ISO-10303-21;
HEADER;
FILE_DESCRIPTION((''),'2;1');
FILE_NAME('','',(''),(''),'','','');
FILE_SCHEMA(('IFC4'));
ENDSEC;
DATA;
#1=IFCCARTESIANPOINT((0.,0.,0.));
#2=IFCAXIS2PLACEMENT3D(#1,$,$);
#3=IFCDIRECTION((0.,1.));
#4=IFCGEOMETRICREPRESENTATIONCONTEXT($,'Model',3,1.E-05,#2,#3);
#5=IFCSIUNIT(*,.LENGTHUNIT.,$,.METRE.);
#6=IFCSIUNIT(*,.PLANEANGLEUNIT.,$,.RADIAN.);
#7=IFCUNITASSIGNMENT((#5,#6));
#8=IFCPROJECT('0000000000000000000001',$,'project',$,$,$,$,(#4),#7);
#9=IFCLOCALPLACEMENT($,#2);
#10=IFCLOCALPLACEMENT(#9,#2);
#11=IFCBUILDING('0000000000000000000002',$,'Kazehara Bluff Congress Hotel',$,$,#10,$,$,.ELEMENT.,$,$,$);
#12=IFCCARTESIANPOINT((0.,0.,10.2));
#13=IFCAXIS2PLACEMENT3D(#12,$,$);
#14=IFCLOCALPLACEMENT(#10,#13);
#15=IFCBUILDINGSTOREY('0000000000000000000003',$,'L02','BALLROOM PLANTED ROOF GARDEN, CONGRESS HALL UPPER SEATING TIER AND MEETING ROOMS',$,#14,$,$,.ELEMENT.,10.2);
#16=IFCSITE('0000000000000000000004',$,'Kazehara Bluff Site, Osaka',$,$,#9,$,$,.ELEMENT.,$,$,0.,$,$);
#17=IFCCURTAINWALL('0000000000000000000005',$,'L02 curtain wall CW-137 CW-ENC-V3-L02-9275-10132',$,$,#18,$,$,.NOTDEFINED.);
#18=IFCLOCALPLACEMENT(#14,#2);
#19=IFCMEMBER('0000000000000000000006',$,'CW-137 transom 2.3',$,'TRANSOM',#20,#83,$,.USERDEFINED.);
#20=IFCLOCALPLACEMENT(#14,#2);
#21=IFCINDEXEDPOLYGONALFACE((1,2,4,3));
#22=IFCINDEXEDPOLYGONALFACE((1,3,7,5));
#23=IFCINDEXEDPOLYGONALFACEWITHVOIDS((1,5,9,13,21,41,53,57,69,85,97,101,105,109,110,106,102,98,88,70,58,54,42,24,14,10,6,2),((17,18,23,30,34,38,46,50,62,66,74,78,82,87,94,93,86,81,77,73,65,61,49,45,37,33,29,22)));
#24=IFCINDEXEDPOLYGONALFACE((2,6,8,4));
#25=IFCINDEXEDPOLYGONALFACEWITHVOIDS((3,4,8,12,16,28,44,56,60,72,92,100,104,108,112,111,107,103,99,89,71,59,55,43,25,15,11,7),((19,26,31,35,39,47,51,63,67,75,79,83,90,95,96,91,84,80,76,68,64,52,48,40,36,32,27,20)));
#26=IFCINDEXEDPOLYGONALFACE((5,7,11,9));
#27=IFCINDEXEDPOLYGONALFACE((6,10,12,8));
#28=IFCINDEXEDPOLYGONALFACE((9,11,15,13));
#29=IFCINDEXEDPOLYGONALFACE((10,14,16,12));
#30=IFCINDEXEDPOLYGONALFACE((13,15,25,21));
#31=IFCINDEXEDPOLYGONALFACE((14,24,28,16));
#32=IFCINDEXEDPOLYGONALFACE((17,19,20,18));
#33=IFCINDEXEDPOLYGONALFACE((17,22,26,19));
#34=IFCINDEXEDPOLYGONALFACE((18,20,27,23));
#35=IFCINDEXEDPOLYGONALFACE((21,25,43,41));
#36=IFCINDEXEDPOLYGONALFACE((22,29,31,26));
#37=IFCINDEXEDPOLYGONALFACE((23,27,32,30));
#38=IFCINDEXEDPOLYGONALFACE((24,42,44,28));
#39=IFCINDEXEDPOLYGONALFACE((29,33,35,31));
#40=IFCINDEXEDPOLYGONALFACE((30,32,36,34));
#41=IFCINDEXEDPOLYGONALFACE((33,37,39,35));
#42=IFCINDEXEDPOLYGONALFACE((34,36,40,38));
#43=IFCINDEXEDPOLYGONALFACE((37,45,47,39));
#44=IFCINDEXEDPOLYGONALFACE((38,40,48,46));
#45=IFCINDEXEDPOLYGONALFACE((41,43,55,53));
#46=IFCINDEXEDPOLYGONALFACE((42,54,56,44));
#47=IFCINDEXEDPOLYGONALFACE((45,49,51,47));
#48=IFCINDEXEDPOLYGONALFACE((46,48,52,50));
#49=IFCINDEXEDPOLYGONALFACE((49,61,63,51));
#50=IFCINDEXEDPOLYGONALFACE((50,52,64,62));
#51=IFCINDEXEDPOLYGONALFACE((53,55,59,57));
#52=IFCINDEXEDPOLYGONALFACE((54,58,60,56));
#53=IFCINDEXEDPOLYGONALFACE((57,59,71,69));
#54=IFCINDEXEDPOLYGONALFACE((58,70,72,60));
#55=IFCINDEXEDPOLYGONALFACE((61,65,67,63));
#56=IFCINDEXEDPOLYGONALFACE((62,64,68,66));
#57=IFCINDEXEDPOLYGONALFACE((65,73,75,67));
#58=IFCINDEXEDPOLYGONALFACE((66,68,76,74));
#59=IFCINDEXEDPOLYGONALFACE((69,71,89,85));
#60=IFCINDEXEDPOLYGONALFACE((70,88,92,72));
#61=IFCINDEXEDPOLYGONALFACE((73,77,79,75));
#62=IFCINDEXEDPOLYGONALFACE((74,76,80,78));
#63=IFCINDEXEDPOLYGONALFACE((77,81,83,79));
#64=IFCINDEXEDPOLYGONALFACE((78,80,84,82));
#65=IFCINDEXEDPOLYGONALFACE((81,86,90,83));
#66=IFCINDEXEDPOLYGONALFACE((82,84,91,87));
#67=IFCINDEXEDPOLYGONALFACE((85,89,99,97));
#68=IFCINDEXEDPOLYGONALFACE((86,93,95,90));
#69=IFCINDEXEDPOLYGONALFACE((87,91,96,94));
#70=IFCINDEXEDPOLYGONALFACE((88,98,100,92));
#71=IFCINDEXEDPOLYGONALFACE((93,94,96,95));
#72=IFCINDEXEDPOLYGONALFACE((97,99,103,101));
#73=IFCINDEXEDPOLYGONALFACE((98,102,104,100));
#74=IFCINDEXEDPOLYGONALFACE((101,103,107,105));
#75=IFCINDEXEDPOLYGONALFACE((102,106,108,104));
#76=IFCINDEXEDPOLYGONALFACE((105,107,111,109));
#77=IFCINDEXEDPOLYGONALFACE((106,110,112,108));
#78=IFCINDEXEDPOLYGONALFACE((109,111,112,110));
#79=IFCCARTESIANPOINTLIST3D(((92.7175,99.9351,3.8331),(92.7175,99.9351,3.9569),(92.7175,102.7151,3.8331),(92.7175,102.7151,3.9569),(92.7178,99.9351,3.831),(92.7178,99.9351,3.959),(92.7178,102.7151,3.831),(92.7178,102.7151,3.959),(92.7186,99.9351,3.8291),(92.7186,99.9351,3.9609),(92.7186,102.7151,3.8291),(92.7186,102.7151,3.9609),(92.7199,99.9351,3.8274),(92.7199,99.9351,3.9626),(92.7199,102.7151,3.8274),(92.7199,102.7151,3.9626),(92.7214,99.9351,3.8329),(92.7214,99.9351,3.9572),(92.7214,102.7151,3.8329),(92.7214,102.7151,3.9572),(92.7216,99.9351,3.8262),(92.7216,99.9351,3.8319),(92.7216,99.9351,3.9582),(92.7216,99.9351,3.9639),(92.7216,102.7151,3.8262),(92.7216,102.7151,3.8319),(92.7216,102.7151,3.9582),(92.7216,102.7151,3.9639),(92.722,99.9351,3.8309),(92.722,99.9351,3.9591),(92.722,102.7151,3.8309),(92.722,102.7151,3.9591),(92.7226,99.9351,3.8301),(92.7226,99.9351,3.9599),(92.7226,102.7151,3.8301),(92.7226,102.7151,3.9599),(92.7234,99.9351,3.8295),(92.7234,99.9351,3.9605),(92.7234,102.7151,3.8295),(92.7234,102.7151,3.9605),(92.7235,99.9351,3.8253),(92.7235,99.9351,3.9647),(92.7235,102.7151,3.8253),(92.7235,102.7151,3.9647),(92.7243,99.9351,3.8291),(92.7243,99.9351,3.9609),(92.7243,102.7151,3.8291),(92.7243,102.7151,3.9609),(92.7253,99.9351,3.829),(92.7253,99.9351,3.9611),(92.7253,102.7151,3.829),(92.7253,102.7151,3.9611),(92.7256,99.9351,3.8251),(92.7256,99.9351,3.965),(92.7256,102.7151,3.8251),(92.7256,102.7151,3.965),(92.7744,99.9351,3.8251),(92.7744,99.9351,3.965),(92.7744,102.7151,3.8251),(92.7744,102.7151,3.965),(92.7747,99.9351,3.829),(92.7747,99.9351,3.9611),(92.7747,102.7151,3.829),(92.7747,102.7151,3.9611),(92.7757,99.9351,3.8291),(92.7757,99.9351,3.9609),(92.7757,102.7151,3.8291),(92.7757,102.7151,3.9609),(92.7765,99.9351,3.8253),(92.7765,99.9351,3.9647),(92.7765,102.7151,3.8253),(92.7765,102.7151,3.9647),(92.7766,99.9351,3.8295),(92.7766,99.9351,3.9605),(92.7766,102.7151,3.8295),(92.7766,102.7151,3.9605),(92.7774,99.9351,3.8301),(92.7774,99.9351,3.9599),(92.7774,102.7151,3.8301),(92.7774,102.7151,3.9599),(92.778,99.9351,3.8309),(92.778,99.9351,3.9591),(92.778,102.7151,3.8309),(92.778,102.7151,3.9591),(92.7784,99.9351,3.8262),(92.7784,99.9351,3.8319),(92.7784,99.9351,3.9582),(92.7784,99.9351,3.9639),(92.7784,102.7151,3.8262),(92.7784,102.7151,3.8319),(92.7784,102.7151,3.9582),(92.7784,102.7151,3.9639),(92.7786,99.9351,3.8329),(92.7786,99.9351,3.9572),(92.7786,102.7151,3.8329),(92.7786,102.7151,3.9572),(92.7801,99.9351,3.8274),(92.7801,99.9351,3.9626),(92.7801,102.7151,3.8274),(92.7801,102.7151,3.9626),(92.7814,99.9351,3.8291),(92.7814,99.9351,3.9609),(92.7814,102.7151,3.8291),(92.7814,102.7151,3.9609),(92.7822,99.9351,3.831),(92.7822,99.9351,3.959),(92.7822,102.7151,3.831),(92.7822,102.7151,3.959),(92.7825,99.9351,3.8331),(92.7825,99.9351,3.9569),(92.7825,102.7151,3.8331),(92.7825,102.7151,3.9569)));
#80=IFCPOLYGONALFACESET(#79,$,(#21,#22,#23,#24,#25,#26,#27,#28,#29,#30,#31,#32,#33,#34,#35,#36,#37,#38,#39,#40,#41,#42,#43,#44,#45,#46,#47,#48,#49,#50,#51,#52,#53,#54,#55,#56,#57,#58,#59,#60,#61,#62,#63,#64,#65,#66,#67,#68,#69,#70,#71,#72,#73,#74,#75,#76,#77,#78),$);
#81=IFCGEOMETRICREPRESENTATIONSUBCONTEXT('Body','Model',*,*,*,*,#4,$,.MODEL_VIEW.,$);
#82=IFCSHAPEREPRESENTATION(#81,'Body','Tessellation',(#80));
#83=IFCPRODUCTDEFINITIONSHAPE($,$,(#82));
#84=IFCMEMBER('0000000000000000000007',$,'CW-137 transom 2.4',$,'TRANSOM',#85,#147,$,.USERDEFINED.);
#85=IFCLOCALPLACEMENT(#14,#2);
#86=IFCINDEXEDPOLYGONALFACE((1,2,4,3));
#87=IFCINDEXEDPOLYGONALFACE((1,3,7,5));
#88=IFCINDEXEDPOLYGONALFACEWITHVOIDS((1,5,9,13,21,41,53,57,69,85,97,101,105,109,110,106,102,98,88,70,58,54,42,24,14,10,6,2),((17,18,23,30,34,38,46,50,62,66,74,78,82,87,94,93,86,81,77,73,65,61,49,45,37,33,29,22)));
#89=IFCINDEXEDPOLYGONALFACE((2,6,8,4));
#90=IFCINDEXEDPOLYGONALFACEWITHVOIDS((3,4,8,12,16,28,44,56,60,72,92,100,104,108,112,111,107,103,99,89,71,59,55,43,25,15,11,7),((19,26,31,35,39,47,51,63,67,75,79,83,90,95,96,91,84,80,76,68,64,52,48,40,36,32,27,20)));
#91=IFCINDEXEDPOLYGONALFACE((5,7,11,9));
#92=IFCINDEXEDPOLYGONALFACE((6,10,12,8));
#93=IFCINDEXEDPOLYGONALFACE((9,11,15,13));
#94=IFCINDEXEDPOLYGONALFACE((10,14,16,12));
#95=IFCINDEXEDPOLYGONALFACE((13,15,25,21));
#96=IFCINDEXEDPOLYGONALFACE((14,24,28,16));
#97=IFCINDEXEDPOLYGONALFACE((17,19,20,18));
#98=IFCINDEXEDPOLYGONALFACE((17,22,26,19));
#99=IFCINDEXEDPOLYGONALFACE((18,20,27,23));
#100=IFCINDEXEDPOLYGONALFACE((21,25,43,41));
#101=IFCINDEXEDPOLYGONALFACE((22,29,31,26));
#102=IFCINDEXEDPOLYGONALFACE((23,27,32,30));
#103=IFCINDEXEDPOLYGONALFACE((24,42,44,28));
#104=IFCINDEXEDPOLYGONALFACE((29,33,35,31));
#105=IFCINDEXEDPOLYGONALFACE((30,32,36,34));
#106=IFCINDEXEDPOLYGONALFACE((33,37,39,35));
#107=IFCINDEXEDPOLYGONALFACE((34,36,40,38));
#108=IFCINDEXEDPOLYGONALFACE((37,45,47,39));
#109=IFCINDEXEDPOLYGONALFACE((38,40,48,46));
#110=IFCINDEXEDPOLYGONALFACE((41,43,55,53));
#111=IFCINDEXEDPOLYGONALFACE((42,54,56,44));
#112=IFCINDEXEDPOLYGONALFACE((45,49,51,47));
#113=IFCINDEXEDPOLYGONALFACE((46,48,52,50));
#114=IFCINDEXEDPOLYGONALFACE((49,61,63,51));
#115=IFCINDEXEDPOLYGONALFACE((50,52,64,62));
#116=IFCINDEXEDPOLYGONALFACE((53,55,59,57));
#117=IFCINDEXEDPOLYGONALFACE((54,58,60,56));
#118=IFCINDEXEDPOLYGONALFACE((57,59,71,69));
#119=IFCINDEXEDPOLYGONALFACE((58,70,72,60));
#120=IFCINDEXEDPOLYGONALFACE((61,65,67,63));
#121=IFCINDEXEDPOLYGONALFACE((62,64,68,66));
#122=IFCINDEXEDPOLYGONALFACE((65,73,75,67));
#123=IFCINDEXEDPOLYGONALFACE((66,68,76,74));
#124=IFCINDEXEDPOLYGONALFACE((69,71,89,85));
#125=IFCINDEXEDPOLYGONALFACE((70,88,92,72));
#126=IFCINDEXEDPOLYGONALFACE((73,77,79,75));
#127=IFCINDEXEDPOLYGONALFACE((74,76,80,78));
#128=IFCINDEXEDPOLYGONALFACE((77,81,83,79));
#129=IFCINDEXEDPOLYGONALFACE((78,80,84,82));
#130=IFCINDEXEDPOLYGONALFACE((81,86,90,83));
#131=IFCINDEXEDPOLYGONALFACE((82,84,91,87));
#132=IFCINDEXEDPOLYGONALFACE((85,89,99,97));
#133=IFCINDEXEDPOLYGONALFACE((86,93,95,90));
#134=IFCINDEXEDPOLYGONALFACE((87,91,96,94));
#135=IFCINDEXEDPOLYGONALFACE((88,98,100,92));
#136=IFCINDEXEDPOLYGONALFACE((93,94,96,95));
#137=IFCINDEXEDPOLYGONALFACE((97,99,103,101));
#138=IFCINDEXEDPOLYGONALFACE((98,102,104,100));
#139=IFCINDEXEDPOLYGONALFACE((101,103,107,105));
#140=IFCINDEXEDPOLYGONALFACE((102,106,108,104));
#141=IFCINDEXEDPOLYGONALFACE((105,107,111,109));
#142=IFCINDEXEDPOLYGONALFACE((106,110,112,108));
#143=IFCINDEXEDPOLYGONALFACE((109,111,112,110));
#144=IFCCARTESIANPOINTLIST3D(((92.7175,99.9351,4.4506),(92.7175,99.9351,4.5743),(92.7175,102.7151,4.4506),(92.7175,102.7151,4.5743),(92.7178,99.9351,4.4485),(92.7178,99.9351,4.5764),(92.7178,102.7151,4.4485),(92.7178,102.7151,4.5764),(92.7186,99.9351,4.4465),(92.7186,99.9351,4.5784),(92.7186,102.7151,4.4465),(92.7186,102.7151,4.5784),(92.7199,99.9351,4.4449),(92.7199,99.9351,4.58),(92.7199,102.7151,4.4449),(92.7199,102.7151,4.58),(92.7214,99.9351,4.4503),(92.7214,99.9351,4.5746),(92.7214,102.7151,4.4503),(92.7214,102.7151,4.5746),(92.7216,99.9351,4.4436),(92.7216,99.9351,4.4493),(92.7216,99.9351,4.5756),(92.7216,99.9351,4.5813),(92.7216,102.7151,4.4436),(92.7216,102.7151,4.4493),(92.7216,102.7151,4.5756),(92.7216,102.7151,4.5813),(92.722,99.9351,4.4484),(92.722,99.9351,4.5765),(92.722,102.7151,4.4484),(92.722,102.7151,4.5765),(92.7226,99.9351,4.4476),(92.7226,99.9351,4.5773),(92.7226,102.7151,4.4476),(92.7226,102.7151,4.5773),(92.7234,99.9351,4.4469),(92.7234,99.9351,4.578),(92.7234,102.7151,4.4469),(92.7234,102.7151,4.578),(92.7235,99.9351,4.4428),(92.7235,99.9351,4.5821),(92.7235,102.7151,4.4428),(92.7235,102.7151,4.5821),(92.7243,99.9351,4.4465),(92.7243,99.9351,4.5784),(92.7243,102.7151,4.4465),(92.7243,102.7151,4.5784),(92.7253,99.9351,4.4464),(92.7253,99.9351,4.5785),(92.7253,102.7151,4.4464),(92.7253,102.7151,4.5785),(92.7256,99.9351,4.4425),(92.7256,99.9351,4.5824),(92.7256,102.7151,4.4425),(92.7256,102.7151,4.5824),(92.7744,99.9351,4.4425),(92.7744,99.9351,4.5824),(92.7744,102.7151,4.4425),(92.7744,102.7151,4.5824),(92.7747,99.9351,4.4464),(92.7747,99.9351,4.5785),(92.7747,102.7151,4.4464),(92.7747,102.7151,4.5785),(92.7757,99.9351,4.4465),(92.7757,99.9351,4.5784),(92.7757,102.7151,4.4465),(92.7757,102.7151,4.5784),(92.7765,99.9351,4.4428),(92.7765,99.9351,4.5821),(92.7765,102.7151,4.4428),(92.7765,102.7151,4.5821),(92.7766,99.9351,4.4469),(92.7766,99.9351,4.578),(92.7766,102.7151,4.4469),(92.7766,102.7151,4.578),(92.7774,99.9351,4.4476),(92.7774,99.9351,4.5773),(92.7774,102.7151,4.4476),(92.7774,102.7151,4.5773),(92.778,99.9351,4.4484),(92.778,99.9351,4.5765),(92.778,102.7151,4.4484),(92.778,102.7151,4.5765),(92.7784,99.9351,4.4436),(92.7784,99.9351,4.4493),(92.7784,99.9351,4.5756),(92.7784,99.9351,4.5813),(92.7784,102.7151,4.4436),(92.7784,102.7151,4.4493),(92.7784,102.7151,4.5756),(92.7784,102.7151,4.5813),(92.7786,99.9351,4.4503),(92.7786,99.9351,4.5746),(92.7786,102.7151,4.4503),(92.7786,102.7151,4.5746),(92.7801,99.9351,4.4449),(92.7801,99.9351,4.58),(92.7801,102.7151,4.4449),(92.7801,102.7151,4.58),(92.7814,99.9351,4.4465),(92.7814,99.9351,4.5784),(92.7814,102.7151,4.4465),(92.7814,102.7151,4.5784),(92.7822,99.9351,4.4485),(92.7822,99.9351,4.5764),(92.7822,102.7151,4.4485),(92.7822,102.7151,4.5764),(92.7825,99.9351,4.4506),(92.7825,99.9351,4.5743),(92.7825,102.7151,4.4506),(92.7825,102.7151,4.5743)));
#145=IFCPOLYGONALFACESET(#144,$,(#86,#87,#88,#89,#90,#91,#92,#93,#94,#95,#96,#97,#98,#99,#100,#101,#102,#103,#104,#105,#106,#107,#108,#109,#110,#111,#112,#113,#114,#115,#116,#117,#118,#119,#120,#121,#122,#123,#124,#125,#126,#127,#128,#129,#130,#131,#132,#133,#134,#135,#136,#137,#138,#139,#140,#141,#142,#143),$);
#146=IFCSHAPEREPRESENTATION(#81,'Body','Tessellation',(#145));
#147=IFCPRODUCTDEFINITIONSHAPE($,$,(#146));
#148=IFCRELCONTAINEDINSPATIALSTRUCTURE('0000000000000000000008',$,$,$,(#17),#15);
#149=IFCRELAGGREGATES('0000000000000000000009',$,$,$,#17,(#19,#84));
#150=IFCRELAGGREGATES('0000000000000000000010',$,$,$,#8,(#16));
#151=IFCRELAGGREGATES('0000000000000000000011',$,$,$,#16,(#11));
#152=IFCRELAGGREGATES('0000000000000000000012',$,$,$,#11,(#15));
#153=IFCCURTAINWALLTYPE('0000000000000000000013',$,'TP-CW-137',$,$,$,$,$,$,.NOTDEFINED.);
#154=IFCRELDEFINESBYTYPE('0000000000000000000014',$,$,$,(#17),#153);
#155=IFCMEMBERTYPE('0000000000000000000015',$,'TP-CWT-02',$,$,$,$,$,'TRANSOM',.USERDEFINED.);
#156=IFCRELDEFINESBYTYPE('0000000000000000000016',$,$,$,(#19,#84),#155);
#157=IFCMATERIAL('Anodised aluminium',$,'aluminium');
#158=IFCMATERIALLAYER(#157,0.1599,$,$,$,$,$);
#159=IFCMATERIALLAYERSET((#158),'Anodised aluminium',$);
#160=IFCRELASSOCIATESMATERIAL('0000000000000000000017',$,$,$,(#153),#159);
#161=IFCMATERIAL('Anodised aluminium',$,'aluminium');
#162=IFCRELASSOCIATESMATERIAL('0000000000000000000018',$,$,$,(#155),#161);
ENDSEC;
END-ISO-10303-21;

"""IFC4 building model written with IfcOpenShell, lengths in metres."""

from ifc_helpers import new_model, si_unit, direction, frame, origin, origin_2d, place, context, subcontext, project, spatial, hollow_rectangle, extrude, material, layer, layer_set, material_profile, profile_set, type_object, element, aggregate, save


model = new_model("IFC4")

# Units and contexts
model_context = context("Model", 3, precision=1e-05, world=origin(), true_north=direction((0.0, 1.0)))
body_context = subcontext(model_context, "Body", "Model", "MODEL_VIEW")
ifc_project = project(units=[si_unit("LENGTHUNIT", "METRE"), si_unit("PLANEANGLEUNIT", "RADIAN")], contexts=[model_context])

# Site, building, storey
site_placement = place(None, origin())
site = spatial("IfcSite", under=ifc_project, at=site_placement, Name="Kazehara Bluff Site, Osaka", CompositionType="ELEMENT", RefElevation=0.0)
building_placement = place(site_placement, origin())
building = spatial("IfcBuilding", under=site, at=building_placement, Name="Kazehara Bluff Congress Hotel", CompositionType="ELEMENT")
storey_placement = place(building_placement, frame((0.0, 0.0, 10.2)))
storey = spatial("IfcBuildingStorey", under=building, at=storey_placement, Name="L02", Description="BALLROOM PLANTED ROOF GARDEN, CONGRESS HALL UPPER SEATING TIER AND MEETING ROOMS", CompositionType="ELEMENT", Elevation=10.2)

# Curtain wall
ifc_material_1 = material(Name="Anodised aluminium", Category="aluminium")
ifc_layer_1 = layer(ifc_material_1, 0.1599)
ifc_layer_set_1 = layer_set([ifc_layer_1], Name="Anodised aluminium")
curtain_wall_type_1 = type_object("IfcCurtainWallType", Name="TP-CW-137", PredefinedType="NOTDEFINED", material=ifc_layer_set_1)
curtain_wall_1_placement = place(storey_placement, origin())
curtain_wall_1 = element("IfcCurtainWall", 1, at=curtain_wall_1_placement, inside=storey, type_object=curtain_wall_type_1, Name="L02 curtain wall CW-137 CW-ENC-V3-L02-9275-10132", PredefinedType="NOTDEFINED")

# Members
ifc_material_2 = material(Name="Anodised aluminium", Category="aluminium")
ifc_material_profile_1 = material_profile(ifc_material_2, hollow_rectangle(XDim=0.0649, YDim=0.1399, WallThickness=0.0039, InnerFilletRadius=0.0039, OuterFilletRadius=0.0081, at=origin_2d()))
ifc_profile_set_1 = profile_set([ifc_material_profile_1], Name="Anodised aluminium")
member_type_1 = type_object("IfcMemberType", Name="TP-CWT-02", ElementType="TRANSOM", PredefinedType="USERDEFINED", material=ifc_profile_set_1)
member_1_placement = place(storey_placement, frame((92.75, 102.7151, 3.895), z_axis=(0.0, -1.0, 0.0), x_axis=(1.0, 0.0, 0.0)))
member_1 = element("IfcMember", 2, at=member_1_placement, type_object=member_type_1, Name="CW-137 transom 2.3", ObjectType="TRANSOM", PredefinedType="USERDEFINED", context=body_context, shape_type="SweptSolid", body=[
    extrude(hollow_rectangle(XDim=0.0649, YDim=0.1399, WallThickness=0.0039, InnerFilletRadius=0.0039, OuterFilletRadius=0.0081, at=origin_2d()), origin(), (0.0, 0.0, 1.0), 2.78),
])
member_2_placement = place(storey_placement, frame((92.75, 102.7151, 4.5125), z_axis=(0.0, -1.0, 0.0), x_axis=(1.0, 0.0, 0.0)))
member_2 = element("IfcMember", 3, at=member_2_placement, type_object=member_type_1, Name="CW-137 transom 2.4", ObjectType="TRANSOM", PredefinedType="USERDEFINED", context=body_context, shape_type="SweptSolid", body=[
    extrude(hollow_rectangle(XDim=0.0649, YDim=0.1399, WallThickness=0.0039, InnerFilletRadius=0.0039, OuterFilletRadius=0.0081, at=origin_2d()), origin(), (0.0, 0.0, 1.0), 2.78),
])

aggregate(curtain_wall_1, [member_1, member_2])

save(model, "model.ifc")
